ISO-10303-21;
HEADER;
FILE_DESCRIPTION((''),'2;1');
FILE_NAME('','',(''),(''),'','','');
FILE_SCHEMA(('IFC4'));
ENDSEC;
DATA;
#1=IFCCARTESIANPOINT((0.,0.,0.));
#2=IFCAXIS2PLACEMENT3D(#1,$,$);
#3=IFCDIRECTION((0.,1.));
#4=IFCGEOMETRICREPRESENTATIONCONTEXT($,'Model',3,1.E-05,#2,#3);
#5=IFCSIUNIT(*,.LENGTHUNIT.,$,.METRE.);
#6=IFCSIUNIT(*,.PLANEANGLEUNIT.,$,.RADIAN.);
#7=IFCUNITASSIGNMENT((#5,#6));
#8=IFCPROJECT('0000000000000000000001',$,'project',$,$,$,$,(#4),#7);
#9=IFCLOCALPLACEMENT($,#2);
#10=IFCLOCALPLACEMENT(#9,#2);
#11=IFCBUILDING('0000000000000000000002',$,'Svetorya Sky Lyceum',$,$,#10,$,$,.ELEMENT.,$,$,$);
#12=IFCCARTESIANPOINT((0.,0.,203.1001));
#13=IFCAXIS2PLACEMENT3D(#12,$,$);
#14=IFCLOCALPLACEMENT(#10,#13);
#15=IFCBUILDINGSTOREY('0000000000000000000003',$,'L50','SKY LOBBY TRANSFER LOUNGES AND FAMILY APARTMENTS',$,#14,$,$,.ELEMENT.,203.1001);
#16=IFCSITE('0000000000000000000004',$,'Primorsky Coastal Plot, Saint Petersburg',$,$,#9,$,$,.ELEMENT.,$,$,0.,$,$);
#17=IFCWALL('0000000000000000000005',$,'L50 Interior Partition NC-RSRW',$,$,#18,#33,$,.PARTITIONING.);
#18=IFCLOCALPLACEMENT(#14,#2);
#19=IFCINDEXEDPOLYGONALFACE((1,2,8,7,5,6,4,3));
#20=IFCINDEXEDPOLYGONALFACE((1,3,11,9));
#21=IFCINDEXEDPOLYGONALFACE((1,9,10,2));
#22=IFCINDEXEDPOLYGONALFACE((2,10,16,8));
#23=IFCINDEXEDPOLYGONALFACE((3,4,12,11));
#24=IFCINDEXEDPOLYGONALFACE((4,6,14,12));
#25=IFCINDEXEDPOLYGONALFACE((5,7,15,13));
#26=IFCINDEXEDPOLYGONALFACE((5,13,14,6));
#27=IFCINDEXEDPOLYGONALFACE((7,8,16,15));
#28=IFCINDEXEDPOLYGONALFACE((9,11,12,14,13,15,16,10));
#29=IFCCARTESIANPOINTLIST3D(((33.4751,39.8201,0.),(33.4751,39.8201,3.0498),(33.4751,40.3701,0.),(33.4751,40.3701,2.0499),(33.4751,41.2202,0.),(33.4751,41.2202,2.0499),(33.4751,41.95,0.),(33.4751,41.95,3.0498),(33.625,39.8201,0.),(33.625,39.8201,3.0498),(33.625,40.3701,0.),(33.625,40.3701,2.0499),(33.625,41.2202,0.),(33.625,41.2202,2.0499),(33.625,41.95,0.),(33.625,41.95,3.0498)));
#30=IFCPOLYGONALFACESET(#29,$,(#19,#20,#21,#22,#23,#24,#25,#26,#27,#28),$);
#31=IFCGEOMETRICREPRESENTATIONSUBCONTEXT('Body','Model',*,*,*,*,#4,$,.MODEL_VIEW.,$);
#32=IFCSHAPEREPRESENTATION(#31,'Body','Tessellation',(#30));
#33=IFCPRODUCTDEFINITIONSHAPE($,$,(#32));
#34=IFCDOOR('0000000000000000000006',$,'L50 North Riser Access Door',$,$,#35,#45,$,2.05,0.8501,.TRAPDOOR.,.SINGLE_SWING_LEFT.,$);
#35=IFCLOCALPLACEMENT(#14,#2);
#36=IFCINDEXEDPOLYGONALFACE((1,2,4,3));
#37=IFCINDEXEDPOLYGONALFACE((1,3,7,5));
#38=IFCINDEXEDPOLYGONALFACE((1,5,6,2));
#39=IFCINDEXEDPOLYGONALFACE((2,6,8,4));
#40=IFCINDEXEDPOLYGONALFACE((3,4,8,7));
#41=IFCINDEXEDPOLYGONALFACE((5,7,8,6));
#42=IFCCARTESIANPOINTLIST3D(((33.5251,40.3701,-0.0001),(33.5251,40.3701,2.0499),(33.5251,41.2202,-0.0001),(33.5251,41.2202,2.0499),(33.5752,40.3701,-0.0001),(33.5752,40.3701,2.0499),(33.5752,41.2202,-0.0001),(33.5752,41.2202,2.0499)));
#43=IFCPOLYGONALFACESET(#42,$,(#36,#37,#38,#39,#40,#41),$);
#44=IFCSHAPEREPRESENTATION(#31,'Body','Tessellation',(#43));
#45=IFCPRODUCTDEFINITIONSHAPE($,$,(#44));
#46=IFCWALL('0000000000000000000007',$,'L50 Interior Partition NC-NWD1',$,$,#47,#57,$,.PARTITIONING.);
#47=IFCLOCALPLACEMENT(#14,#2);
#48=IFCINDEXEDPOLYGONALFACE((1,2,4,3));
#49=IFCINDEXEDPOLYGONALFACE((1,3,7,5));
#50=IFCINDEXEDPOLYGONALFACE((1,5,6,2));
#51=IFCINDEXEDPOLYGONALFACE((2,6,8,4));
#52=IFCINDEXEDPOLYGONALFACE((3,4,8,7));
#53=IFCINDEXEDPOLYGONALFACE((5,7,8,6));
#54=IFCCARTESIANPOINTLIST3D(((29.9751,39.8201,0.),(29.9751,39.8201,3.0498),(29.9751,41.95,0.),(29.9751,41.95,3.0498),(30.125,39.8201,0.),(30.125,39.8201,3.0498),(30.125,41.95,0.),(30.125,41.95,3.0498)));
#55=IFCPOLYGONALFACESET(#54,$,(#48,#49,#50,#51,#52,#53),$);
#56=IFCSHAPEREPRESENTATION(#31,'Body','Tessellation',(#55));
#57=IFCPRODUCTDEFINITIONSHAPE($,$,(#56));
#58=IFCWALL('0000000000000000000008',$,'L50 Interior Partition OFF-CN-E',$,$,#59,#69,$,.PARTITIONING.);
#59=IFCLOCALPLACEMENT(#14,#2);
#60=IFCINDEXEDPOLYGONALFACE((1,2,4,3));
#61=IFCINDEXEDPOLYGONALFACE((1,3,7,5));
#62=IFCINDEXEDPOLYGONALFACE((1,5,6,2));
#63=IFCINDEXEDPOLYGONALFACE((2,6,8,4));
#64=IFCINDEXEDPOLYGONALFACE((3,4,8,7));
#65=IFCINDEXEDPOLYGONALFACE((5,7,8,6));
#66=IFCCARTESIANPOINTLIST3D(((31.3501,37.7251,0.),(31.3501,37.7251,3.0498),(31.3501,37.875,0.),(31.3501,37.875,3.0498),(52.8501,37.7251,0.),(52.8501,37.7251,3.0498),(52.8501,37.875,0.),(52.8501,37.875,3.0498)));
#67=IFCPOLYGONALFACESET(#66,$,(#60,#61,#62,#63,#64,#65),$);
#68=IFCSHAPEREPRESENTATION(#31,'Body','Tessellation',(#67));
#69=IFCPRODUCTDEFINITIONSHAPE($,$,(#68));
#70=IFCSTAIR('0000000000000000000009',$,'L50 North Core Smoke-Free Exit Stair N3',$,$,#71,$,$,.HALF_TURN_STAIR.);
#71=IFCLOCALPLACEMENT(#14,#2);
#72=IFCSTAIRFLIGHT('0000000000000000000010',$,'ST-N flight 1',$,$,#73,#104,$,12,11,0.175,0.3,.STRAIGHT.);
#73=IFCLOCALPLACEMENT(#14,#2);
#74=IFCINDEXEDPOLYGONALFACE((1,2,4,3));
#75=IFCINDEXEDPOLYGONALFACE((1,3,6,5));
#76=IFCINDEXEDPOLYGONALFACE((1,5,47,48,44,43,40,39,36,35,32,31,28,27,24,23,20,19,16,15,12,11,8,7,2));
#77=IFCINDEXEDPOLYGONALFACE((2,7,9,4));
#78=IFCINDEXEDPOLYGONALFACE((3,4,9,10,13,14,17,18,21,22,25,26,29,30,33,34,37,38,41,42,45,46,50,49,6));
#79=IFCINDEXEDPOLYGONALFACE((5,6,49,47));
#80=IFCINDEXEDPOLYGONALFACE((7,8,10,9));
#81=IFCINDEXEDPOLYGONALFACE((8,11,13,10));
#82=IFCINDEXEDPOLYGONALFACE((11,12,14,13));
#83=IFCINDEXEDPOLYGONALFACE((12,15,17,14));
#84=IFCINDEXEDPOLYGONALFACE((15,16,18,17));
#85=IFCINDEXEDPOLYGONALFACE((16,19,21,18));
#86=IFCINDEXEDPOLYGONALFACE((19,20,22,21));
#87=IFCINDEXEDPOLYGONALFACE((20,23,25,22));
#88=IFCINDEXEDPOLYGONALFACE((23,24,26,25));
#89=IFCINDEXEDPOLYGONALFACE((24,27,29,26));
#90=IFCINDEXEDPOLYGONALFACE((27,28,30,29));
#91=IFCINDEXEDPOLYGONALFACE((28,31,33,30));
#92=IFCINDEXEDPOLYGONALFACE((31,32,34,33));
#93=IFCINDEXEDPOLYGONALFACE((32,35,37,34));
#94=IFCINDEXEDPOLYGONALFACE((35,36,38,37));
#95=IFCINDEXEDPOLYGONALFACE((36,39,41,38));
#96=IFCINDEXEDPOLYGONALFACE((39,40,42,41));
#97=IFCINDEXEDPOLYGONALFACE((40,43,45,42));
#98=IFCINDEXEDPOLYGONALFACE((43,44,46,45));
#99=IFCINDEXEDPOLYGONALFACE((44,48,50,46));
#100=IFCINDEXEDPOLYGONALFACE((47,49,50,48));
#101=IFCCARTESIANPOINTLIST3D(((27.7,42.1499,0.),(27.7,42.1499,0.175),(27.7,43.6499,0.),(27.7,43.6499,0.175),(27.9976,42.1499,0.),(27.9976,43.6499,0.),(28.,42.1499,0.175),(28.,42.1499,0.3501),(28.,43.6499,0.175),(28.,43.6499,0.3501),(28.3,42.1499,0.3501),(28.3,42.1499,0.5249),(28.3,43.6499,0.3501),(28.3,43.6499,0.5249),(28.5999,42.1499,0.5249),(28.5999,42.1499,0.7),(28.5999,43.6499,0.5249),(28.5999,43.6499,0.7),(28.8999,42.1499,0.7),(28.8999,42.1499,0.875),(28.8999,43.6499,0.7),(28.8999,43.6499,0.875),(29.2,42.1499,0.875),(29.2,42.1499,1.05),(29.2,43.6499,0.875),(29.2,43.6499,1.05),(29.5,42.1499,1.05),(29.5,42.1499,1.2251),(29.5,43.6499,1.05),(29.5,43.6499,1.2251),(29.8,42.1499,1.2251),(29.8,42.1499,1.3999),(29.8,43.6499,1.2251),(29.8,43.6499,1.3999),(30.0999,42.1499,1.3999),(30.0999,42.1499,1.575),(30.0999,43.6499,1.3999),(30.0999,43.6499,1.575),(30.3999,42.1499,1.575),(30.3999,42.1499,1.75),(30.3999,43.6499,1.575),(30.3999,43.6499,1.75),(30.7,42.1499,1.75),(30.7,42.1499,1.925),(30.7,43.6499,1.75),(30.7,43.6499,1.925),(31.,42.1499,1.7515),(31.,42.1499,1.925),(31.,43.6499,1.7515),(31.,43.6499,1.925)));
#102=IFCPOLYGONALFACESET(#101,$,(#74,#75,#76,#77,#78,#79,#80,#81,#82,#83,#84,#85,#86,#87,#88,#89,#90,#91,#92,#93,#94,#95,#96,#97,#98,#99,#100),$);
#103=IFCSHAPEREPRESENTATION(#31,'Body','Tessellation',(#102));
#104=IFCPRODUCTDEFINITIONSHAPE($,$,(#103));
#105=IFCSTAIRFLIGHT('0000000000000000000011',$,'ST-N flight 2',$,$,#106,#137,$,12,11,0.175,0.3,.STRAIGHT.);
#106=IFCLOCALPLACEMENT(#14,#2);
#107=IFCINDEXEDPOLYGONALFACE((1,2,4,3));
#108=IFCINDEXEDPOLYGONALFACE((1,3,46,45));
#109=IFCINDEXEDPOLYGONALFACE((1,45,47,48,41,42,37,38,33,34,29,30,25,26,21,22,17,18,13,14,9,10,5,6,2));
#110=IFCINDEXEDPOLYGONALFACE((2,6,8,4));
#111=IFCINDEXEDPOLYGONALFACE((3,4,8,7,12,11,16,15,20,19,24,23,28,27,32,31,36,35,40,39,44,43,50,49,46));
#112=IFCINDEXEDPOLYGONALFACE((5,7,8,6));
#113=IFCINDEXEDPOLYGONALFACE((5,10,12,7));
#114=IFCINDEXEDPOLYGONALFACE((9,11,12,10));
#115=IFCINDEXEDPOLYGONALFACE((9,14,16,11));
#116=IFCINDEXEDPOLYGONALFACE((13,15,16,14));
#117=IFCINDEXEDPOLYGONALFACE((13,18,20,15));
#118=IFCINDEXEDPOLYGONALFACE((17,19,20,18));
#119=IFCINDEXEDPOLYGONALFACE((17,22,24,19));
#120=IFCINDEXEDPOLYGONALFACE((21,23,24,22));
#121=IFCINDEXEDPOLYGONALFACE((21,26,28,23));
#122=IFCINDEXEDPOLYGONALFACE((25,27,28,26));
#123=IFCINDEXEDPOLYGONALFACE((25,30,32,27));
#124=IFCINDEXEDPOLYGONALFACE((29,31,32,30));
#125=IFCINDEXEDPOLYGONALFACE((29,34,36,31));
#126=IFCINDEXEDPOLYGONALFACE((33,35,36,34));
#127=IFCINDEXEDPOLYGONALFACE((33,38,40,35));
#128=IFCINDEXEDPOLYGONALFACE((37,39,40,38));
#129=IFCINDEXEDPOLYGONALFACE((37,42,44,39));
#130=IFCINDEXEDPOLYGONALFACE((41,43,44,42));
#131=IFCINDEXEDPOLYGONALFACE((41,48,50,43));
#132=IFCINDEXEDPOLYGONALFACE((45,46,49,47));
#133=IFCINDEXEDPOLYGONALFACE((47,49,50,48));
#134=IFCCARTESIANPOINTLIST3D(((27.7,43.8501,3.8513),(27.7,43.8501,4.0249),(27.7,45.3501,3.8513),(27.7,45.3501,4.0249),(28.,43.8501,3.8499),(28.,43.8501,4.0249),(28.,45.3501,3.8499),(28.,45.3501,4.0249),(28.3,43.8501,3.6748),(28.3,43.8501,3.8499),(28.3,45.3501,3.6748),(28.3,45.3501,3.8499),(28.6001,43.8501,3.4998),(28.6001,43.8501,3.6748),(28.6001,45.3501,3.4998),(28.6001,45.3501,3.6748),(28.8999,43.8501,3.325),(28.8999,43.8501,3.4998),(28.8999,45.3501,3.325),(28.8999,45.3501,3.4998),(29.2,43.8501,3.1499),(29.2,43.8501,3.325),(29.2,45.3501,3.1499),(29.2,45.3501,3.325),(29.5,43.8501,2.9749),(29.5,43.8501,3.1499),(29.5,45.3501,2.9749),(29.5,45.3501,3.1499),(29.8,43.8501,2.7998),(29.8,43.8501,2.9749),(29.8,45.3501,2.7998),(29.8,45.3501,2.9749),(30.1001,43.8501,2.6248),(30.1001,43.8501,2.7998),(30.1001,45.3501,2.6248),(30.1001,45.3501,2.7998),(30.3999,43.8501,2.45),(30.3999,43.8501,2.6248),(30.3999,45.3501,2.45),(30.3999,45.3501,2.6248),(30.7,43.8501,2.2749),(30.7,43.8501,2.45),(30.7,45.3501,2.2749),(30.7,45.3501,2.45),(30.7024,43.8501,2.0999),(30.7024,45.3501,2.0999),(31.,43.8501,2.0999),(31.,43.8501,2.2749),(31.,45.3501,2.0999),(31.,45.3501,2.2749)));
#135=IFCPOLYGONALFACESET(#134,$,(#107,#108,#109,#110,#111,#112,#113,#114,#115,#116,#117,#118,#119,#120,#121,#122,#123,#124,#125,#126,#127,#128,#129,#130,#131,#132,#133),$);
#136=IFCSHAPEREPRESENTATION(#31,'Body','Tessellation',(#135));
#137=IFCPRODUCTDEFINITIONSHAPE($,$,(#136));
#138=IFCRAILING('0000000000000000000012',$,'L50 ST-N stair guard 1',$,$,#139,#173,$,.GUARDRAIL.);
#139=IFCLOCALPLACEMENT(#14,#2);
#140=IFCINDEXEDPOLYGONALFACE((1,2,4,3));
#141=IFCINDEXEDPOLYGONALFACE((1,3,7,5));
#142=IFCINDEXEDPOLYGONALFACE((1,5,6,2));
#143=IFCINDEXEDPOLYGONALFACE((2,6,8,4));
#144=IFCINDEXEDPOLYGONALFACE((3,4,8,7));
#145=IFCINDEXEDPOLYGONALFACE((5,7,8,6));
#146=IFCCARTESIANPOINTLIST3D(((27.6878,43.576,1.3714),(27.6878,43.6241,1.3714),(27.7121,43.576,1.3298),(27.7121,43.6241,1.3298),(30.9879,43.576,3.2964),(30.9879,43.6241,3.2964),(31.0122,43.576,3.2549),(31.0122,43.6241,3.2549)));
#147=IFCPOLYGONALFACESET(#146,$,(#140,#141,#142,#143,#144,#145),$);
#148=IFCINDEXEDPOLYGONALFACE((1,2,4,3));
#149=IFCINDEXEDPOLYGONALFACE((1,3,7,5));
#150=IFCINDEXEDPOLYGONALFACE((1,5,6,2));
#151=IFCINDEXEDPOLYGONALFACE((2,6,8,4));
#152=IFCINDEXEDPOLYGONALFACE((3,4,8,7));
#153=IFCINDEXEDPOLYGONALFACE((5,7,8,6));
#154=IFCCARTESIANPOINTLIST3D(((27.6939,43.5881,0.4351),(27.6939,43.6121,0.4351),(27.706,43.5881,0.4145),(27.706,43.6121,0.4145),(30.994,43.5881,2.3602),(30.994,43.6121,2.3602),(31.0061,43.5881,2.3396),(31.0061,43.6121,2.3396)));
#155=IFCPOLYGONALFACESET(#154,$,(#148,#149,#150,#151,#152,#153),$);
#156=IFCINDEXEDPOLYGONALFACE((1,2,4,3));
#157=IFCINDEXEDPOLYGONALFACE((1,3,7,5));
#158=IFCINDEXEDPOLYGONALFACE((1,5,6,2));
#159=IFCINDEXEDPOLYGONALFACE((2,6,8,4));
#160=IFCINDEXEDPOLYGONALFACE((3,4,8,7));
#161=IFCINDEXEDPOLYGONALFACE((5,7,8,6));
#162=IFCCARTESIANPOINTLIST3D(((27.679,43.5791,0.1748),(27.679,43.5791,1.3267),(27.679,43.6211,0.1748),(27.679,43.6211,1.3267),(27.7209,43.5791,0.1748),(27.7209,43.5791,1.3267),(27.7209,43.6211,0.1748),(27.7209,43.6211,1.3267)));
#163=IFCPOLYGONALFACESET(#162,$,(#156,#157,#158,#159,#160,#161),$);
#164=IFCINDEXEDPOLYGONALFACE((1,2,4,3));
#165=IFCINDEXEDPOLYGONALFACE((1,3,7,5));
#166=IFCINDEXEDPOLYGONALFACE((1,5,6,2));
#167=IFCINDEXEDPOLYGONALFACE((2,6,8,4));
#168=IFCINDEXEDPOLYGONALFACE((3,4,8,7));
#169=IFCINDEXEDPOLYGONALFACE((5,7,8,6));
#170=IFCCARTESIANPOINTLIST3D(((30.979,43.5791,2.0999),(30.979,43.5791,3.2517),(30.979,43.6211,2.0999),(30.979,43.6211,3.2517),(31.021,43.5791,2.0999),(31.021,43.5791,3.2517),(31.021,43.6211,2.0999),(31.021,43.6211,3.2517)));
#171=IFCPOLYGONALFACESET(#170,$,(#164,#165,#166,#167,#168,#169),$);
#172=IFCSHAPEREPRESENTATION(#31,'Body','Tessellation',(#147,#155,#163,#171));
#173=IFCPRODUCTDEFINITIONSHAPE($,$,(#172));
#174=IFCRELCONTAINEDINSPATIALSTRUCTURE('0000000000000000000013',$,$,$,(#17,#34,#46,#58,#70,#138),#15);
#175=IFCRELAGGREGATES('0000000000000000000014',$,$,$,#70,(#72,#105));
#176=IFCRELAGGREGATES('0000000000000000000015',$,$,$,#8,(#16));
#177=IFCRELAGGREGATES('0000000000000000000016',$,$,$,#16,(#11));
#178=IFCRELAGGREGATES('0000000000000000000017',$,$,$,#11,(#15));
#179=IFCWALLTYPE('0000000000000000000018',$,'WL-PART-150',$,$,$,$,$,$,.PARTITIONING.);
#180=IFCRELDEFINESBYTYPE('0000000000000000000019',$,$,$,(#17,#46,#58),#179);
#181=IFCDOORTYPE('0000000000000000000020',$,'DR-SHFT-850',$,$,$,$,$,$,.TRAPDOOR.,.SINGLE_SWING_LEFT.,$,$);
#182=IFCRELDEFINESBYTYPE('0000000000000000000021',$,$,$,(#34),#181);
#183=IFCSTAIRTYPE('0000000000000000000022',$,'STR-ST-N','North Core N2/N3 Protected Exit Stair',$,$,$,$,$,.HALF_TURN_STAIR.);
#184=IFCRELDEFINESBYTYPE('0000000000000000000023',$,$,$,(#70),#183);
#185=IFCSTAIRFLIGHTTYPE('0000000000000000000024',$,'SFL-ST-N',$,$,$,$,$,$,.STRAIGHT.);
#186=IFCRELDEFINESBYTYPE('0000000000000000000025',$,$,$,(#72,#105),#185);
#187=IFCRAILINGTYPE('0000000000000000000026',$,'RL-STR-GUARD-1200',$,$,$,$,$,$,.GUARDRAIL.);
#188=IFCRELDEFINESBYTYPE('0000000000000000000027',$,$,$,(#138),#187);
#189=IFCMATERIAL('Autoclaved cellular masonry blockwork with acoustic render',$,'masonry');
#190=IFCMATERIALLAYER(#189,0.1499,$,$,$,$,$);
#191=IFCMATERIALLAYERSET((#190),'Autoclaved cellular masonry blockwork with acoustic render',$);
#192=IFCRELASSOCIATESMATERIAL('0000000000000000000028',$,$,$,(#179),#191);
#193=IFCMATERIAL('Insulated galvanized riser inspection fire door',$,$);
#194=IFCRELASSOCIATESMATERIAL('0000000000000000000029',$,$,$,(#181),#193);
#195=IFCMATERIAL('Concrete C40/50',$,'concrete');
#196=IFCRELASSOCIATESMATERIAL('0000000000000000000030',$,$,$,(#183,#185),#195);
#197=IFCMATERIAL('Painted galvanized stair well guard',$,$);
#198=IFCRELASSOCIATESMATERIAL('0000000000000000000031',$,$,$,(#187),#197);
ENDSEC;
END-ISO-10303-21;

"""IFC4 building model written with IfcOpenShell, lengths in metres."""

from ifc_helpers import new_model, si_unit, direction, frame, frame_2d, origin, origin_2d, place, context, subcontext, project, spatial, polyline, rectangle, outline, extrude, material, layer, layer_set, type_object, element, fill, aggregate, save


model = new_model("IFC4")

# Units and contexts
model_context = context("Model", 3, precision=1e-05, world=origin(), true_north=direction((0.0, 1.0)))
body_context = subcontext(model_context, "Body", "Model", "MODEL_VIEW")
ifc_project = project(units=[si_unit("LENGTHUNIT", "METRE"), si_unit("PLANEANGLEUNIT", "RADIAN")], contexts=[model_context])

# Site, building, storey
site_placement = place(None, origin())
site = spatial("IfcSite", under=ifc_project, at=site_placement, Name="Primorsky Coastal Plot, Saint Petersburg", CompositionType="ELEMENT", RefElevation=0.0)
building_placement = place(site_placement, origin())
building = spatial("IfcBuilding", under=site, at=building_placement, Name="Svetorya Sky Lyceum", CompositionType="ELEMENT")
storey_placement = place(building_placement, frame((0.0, 0.0, 203.1001)))
storey = spatial("IfcBuildingStorey", under=building, at=storey_placement, Name="L50", Description="SKY LOBBY TRANSFER LOUNGES AND FAMILY APARTMENTS", CompositionType="ELEMENT", Elevation=203.1001)

# Shared definitions
ifc_material_1 = material(Name="Concrete C40/50", Category="concrete")

# Wall, opening, door
ifc_material_2 = material(Name="Autoclaved cellular masonry blockwork with acoustic render", Category="masonry")
ifc_layer_1 = layer(ifc_material_2, 0.1499)
ifc_layer_set_1 = layer_set([ifc_layer_1], Name="Autoclaved cellular masonry blockwork with acoustic render")
wall_type_1 = type_object("IfcWallType", Name="WL-PART-150", PredefinedType="PARTITIONING", material=ifc_layer_set_1)
wall_1_placement = place(storey_placement, frame((33.55, 39.8201, 0.0), z_axis=(0.0, 0.0, 1.0), x_axis=(0.0, 1.0, 0.0)))
wall_1 = element("IfcWall", 1, at=wall_1_placement, inside=storey, type_object=wall_type_1, Name="L50 Interior Partition NC-RSRW", PredefinedType="PARTITIONING", context=body_context, shape_type="SweptSolid", body=[
    extrude(rectangle(XDim=2.1299, YDim=0.1499, at=frame_2d((1.0649, 0.0))), origin(), (0.0, 0.0, 1.0), 3.0498),
])
opening_placement = place(wall_1_placement, frame((0.55, 0.0, 0.0)))
opening = element("IfcOpeningElement", 2, at=opening_placement, cuts=wall_1, PredefinedType="OPENING", context=body_context, shape_type="SweptSolid", body=[
    extrude(rectangle(XDim=0.8501, YDim=2.05, at=frame_2d((0.425, 1.0249))), frame((0.0, 0.085, 0.0), z_axis=(0.0, -1.0, 0.0), x_axis=(1.0, 0.0, 0.0)), (0.0, 0.0, 1.0), 0.1699),
])
ifc_material_3 = material(Name="Insulated galvanized riser inspection fire door")
door_type = type_object("IfcDoorType", Name="DR-SHFT-850", OperationType="SINGLE_SWING_LEFT", PredefinedType="TRAPDOOR", material=ifc_material_3)
door_placement = place(opening_placement, origin())
door = element("IfcDoor", 3, at=door_placement, inside=storey, type_object=door_type, Name="L50 North Riser Access Door", OperationType="SINGLE_SWING_LEFT", OverallHeight=2.05, OverallWidth=0.8501, PredefinedType="TRAPDOOR", context=body_context, shape_type="SweptSolid", body=[
    extrude(rectangle(XDim=0.8501, YDim=2.05, at=frame_2d((0.425, 1.0249))), frame((0.0, 0.0249, 0.0), z_axis=(0.0, -1.0, 0.0), x_axis=(1.0, 0.0, 0.0)), (0.0, 0.0, 1.0), 0.05),
])
fill(opening, door)

# Walls
wall_2_placement = place(storey_placement, frame((30.05, 39.8201, 0.0), z_axis=(0.0, 0.0, 1.0), x_axis=(0.0, 1.0, 0.0)))
element("IfcWall", 4, at=wall_2_placement, inside=storey, type_object=wall_type_1, Name="L50 Interior Partition NC-NWD1", PredefinedType="PARTITIONING", context=body_context, shape_type="SweptSolid", body=[
    extrude(rectangle(XDim=2.1299, YDim=0.1499, at=frame_2d((1.0649, 0.0))), origin(), (0.0, 0.0, 1.0), 3.0498),
])
wall_3_placement = place(storey_placement, frame((31.3501, 37.8, 0.0), z_axis=(0.0, 0.0, 1.0), x_axis=(1.0, 0.0, 0.0)))
element("IfcWall", 5, at=wall_3_placement, inside=storey, type_object=wall_type_1, Name="L50 Interior Partition OFF-CN-E", PredefinedType="PARTITIONING", context=body_context, shape_type="SweptSolid", body=[
    extrude(rectangle(XDim=21.5, YDim=0.1499, at=frame_2d((10.75, 0.0))), origin(), (0.0, 0.0, 1.0), 3.0498),
])

# Stair, stair flights
stair_type = type_object("IfcStairType", Name="STR-ST-N", Description="North Core N2/N3 Protected Exit Stair", PredefinedType="HALF_TURN_STAIR", material=ifc_material_1)
stair_placement = place(storey_placement, origin())
stair = element("IfcStair", 6, at=stair_placement, inside=storey, type_object=stair_type, Name="L50 North Core Smoke-Free Exit Stair N3", PredefinedType="HALF_TURN_STAIR")
stair_flight_type = type_object("IfcStairFlightType", Name="SFL-ST-N", PredefinedType="STRAIGHT", material=ifc_material_1)
stair_flight_1_placement = place(storey_placement, frame((27.7, 42.8999, 0.0), z_axis=(0.0, 0.0, 1.0), x_axis=(1.0, 0.0, 0.0)))
stair_flight_1 = element("IfcStairFlight", 7, at=stair_flight_1_placement, type_object=stair_flight_type, Name="ST-N flight 1", NumberOfRisers=12, NumberOfTreads=11, PredefinedType="STRAIGHT", RiserHeight=0.175, TreadLength=0.3, context=body_context, shape_type="SweptSolid", body=[
    extrude(outline(polyline([(0.0, 0.0), (0.0, 0.175), (0.3, 0.175), (0.3, 0.3501), (0.6001, 0.3501), (0.6001, 0.5249), (0.8999, 0.5249), (0.8999, 0.7), (1.2, 0.7), (1.2, 0.875), (1.5, 0.875), (1.5, 1.05), (1.8, 1.05), (1.8, 1.2251), (2.1001, 1.2251), (2.1001, 1.3999), (2.3999, 1.3999), (2.3999, 1.575), (2.7, 1.575), (2.7, 1.75), (3.0, 1.75), (3.0, 1.925), (3.3, 1.925), (3.3, 2.1001), (3.3, 1.7515), (0.2976, 0.0), (0.0, 0.0)])), frame((0.0, 0.75, 0.0), z_axis=(0.0, -1.0, 0.0), x_axis=(1.0, 0.0, 0.0)), (0.0, 0.0, 1.0), 1.5),
])
stair_flight_2_placement = place(storey_placement, frame((31.0, 44.6001, 2.0999), z_axis=(0.0, 0.0, 1.0), x_axis=(-1.0, 0.0, 0.0)))
stair_flight_2 = element("IfcStairFlight", 8, at=stair_flight_2_placement, type_object=stair_flight_type, Name="ST-N flight 2", NumberOfRisers=12, NumberOfTreads=11, PredefinedType="STRAIGHT", RiserHeight=0.175, TreadLength=0.3, context=body_context, shape_type="SweptSolid", body=[
    extrude(outline(polyline([(0.0, 0.0), (0.0, 0.175), (0.3, 0.175), (0.3, 0.3501), (0.6001, 0.3501), (0.6001, 0.5249), (0.8999, 0.5249), (0.8999, 0.7), (1.2, 0.7), (1.2, 0.875), (1.5, 0.875), (1.5, 1.05), (1.8, 1.05), (1.8, 1.2251), (2.1001, 1.2251), (2.1001, 1.3999), (2.3999, 1.3999), (2.3999, 1.575), (2.7, 1.575), (2.7, 1.75), (3.0, 1.75), (3.0, 1.925), (3.3, 1.925), (3.3, 2.1001), (3.3, 1.7515), (0.2976, 0.0), (0.0, 0.0)])), frame((0.0, 0.75, 0.0), z_axis=(0.0, -1.0, 0.0), x_axis=(1.0, 0.0, 0.0)), (0.0, 0.0, 1.0), 1.5),
])
aggregate(stair, [stair_flight_1, stair_flight_2])

# Railing
ifc_material_4 = material(Name="Painted galvanized stair well guard")
railing_type_1 = type_object("IfcRailingType", Name="RL-STR-GUARD-1200", PredefinedType="GUARDRAIL", material=ifc_material_4)
railing_1_placement = place(storey_placement, frame((27.7, 43.6001, 0.1748)))
element("IfcRailing", 9, at=railing_1_placement, inside=storey, type_object=railing_type_1, Name="L50 ST-N stair guard 1", PredefinedType="GUARDRAIL", context=body_context, shape_type="SweptSolid", body=[
    extrude(rectangle(XDim=0.0481, YDim=0.0481, at=origin_2d()), frame((0.0, 0.0, 1.1758), z_axis=(0.863777, 0.0, 0.503875), x_axis=(0.0, 1.0, 0.0)), (0.0, 0.0, 1.0), 3.8206),
    extrude(rectangle(XDim=0.0239, YDim=0.0239, at=origin_2d()), frame((0.0, 0.0, 0.25), z_axis=(0.863777, 0.0, 0.503875), x_axis=(0.0, 1.0, 0.0)), (0.0, 0.0, 1.0), 3.8206),
    extrude(rectangle(XDim=0.042, YDim=0.042, at=origin_2d()), origin(), (0.0, 0.0, 1.0), 1.1519),
    extrude(rectangle(XDim=0.042, YDim=0.042, at=origin_2d()), frame((3.3, 0.0, 1.925)), (0.0, 0.0, 1.0), 1.1519),
])

save(model, "model.ifc")
